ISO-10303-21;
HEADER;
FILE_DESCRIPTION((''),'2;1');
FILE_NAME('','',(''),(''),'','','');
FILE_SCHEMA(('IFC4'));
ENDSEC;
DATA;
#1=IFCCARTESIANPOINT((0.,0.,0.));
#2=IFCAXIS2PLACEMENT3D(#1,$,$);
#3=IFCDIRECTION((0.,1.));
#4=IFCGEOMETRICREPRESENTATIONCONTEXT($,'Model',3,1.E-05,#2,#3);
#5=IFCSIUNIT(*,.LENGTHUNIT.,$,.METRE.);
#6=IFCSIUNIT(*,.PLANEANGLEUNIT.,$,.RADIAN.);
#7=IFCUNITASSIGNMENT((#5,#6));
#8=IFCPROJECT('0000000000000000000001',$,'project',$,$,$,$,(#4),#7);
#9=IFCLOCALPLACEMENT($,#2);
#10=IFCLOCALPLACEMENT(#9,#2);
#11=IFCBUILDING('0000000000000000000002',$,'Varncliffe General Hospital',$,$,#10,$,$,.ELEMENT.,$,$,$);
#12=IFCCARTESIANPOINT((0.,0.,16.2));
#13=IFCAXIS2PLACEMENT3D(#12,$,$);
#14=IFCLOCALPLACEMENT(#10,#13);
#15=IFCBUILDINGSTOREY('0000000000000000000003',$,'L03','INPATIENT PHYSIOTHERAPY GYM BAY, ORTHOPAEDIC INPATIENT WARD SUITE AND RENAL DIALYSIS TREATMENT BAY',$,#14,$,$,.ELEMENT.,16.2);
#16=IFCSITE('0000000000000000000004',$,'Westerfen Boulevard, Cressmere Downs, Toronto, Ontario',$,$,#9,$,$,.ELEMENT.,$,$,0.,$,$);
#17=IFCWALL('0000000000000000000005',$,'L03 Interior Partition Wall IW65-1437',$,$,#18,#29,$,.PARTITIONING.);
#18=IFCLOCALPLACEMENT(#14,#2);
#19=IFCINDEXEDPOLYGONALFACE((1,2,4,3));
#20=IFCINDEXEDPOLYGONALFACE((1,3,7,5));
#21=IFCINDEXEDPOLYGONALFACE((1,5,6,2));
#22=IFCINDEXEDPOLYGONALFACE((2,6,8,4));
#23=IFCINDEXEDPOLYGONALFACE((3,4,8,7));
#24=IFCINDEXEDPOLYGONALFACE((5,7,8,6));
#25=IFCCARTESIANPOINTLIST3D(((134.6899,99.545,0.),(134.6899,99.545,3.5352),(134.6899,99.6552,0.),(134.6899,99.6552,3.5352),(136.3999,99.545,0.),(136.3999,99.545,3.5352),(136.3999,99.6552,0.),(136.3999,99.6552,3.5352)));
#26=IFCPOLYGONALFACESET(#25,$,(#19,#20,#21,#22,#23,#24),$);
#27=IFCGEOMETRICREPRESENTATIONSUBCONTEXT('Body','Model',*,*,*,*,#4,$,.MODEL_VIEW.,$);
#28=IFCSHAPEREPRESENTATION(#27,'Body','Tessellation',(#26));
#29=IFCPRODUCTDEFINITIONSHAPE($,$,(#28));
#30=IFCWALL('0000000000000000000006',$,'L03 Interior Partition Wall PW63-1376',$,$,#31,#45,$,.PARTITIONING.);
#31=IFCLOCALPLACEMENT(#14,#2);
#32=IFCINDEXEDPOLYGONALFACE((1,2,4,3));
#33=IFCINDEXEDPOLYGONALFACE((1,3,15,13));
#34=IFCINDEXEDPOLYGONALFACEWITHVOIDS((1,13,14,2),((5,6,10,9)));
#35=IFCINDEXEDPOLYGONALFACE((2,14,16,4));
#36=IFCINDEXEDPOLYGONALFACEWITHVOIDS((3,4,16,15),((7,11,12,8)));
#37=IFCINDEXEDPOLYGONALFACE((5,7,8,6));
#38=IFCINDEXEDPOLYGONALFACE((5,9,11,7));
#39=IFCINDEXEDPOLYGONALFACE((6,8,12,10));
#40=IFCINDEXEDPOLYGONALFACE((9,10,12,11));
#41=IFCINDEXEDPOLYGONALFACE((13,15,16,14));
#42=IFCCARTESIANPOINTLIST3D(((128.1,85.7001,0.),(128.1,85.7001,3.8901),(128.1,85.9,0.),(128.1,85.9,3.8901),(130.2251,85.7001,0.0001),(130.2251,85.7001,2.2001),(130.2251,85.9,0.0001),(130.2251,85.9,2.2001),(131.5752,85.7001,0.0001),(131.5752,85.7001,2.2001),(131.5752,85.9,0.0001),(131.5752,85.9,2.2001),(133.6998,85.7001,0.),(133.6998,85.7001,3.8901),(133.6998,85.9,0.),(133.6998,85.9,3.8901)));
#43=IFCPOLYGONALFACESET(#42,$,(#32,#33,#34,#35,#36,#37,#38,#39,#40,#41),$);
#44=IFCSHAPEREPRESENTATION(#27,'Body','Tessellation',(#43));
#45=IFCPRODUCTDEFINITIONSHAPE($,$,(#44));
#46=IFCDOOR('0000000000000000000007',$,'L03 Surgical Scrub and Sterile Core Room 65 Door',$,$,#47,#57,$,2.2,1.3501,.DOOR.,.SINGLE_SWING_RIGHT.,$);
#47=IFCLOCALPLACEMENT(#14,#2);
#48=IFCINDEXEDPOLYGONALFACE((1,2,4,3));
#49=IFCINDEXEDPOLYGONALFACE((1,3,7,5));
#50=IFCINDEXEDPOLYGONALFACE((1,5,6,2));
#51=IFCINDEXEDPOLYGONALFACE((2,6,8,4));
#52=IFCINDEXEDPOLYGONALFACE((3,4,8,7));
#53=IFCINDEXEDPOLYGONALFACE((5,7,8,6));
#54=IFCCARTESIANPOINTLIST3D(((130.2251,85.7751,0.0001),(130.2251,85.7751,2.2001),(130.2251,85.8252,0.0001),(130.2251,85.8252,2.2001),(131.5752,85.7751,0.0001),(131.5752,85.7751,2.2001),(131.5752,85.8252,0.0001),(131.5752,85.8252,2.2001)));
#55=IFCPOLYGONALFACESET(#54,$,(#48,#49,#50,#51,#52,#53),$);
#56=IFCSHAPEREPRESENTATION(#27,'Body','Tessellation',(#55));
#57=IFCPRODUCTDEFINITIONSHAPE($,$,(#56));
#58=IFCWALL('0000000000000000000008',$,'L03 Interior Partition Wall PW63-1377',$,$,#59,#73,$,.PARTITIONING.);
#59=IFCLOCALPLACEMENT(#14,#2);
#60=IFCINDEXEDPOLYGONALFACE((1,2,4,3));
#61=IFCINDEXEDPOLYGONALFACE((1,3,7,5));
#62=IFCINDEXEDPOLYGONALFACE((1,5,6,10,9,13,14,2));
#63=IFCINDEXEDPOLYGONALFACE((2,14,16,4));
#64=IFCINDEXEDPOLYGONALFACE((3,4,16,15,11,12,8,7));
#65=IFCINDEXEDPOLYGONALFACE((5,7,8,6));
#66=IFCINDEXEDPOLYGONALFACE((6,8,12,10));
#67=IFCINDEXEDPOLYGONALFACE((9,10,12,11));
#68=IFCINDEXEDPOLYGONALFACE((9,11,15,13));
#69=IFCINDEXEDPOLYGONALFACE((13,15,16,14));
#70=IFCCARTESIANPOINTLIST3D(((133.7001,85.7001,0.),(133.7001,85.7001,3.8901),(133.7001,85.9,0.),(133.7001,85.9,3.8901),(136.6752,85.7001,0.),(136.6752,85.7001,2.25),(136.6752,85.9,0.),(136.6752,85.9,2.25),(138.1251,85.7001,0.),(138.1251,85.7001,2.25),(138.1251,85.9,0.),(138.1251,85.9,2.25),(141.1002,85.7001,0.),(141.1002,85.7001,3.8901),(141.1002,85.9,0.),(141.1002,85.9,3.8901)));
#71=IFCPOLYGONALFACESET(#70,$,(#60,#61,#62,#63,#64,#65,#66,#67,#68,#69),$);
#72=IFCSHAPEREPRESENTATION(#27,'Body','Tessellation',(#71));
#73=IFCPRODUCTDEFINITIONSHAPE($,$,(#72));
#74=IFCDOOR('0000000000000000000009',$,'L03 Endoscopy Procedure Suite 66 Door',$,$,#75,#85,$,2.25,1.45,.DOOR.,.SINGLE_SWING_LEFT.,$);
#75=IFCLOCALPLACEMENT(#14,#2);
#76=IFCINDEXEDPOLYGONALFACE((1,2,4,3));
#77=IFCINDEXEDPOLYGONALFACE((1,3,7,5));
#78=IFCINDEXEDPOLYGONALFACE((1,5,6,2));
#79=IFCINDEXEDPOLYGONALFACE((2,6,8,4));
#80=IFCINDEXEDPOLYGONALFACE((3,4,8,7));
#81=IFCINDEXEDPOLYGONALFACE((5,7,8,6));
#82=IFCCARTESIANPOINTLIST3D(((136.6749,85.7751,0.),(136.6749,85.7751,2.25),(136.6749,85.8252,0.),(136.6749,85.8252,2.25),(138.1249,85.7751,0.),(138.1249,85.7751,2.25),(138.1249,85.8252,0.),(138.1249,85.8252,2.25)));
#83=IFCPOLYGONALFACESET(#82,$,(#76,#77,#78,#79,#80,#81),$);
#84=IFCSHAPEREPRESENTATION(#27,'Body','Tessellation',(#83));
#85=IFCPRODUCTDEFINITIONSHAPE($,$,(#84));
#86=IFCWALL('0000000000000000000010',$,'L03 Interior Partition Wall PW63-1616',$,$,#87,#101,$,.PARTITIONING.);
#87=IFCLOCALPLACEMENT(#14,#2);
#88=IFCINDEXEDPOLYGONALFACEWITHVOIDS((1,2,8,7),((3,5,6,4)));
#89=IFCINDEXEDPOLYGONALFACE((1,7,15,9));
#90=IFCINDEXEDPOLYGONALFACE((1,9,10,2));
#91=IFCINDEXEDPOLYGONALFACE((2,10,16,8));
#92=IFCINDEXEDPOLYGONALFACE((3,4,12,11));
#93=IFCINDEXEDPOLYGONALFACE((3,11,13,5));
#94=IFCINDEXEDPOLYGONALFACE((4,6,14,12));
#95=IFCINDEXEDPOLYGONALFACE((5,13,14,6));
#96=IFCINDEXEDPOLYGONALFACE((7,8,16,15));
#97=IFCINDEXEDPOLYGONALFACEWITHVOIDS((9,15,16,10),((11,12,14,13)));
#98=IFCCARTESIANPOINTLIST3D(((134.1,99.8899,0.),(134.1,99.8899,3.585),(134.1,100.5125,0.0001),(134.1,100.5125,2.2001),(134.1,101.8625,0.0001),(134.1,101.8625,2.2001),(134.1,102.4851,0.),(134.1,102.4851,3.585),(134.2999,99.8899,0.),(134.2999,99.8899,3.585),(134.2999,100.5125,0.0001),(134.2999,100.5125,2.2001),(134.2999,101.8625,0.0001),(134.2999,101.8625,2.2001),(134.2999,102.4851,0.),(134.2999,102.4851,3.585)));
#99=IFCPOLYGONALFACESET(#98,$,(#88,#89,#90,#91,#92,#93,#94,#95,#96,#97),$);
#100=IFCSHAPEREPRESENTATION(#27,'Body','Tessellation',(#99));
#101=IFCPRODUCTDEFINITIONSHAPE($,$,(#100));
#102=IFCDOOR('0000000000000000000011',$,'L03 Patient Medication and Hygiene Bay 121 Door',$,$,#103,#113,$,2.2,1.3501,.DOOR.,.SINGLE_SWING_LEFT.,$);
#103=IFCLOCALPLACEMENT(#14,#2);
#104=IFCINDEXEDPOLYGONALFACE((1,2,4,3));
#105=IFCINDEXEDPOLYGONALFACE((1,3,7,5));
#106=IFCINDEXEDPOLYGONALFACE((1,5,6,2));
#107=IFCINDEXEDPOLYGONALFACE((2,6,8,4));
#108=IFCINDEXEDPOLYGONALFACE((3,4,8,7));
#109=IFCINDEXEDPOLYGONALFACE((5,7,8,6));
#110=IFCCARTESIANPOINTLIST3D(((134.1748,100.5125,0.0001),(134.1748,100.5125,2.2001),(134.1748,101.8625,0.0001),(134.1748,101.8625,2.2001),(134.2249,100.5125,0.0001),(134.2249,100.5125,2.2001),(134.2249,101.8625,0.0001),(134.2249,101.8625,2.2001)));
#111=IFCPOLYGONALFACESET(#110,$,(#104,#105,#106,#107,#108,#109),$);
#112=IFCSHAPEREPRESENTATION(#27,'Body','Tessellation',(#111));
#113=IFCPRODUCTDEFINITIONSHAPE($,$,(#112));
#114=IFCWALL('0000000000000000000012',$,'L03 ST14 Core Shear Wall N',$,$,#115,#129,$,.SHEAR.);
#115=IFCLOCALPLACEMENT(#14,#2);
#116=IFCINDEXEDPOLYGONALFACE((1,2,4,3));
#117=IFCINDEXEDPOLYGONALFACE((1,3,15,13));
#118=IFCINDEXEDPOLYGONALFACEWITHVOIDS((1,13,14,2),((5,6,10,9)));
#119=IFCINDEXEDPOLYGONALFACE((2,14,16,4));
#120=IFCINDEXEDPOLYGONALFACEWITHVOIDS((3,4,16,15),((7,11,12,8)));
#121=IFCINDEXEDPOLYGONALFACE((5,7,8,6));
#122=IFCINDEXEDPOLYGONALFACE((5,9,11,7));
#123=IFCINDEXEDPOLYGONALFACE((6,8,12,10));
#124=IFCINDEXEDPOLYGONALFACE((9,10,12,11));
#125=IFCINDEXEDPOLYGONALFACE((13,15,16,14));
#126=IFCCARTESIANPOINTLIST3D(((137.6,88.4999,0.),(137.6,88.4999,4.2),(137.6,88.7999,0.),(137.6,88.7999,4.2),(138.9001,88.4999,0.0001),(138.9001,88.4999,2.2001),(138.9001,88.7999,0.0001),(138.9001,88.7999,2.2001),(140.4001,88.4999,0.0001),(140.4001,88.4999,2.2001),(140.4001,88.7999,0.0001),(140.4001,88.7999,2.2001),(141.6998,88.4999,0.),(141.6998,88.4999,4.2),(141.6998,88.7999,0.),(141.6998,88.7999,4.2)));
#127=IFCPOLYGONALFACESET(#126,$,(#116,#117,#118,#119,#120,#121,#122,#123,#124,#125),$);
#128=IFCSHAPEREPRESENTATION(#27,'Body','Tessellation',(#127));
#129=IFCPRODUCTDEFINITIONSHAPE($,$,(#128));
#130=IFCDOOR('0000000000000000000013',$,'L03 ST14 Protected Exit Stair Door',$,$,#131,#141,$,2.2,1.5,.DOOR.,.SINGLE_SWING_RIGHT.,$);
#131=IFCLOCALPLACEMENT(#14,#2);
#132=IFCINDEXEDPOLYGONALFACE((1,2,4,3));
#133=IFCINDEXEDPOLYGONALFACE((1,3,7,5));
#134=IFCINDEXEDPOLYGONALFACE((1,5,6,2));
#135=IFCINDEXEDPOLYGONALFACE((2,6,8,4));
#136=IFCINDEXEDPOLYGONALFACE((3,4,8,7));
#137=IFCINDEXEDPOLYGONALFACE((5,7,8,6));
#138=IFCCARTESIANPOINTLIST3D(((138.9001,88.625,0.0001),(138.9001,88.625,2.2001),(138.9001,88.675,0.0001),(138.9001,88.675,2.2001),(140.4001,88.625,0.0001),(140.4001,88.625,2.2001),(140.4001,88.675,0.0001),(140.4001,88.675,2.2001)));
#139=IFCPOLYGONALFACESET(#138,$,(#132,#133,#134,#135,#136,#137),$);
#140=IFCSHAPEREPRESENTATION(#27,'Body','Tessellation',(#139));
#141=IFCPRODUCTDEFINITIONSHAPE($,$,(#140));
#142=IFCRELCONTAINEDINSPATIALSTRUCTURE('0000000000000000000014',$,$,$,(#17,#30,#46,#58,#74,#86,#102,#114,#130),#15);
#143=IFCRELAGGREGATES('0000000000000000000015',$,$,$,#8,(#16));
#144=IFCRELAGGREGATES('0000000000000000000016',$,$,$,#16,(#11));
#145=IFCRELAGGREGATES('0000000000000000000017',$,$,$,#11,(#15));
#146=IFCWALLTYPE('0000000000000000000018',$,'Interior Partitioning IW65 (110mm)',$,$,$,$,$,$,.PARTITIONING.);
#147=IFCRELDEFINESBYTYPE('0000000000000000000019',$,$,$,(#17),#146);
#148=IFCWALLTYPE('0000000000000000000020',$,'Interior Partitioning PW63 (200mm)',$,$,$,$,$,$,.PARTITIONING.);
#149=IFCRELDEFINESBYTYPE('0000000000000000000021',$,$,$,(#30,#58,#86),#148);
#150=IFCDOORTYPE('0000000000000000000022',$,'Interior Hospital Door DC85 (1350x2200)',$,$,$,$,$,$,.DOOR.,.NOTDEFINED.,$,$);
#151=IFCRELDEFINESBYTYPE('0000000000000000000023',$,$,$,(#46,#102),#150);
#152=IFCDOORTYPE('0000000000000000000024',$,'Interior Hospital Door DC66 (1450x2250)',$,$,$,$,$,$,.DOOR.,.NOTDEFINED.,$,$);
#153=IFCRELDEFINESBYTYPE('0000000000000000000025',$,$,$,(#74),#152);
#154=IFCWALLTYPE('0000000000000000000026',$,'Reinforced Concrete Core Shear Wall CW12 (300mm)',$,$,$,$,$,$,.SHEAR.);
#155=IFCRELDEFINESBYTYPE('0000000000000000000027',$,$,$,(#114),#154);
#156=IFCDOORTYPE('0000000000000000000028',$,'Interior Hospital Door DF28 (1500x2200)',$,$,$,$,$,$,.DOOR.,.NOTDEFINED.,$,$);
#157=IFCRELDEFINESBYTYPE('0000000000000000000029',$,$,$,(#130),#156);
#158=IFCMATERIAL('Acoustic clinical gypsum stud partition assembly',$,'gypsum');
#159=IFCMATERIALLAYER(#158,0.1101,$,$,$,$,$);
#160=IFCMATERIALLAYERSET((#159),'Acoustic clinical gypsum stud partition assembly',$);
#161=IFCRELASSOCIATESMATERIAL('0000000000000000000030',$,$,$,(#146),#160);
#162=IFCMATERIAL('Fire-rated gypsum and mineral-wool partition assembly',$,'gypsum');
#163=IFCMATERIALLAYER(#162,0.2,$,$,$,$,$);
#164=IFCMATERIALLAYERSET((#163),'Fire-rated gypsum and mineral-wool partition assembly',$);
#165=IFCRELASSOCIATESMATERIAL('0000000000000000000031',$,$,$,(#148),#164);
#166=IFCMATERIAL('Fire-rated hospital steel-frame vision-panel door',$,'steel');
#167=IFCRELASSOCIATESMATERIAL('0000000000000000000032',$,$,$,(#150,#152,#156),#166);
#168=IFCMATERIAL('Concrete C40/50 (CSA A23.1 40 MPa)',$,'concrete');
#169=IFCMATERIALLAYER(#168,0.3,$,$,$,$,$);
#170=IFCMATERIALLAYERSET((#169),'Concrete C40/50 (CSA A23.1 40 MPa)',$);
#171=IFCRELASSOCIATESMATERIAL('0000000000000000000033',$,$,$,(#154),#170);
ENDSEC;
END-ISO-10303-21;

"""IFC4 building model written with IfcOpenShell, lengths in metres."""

from ifc_helpers import new_model, si_unit, direction, frame, frame_2d, origin, place, context, subcontext, project, spatial, rectangle, extrude, material, layer, layer_set, type_object, element, fill, save


model = new_model("IFC4")

# Units and contexts
model_context = context("Model", 3, precision=1e-05, world=origin(), true_north=direction((0.0, 1.0)))
body_context = subcontext(model_context, "Body", "Model", "MODEL_VIEW")
ifc_project = project(units=[si_unit("LENGTHUNIT", "METRE"), si_unit("PLANEANGLEUNIT", "RADIAN")], contexts=[model_context])

# Site, building, storey
site_placement = place(None, origin())
site = spatial("IfcSite", under=ifc_project, at=site_placement, Name="Westerfen Boulevard, Cressmere Downs, Toronto, Ontario", CompositionType="ELEMENT", RefElevation=0.0)
building_placement = place(site_placement, origin())
building = spatial("IfcBuilding", under=site, at=building_placement, Name="Varncliffe General Hospital", CompositionType="ELEMENT")
storey_placement = place(building_placement, frame((0.0, 0.0, 16.2)))
storey = spatial("IfcBuildingStorey", under=building, at=storey_placement, Name="L03", Description="INPATIENT PHYSIOTHERAPY GYM BAY, ORTHOPAEDIC INPATIENT WARD SUITE AND RENAL DIALYSIS TREATMENT BAY", CompositionType="ELEMENT", Elevation=16.2)

# Shared definitions
ifc_material_1 = material(Name="Concrete C40/50 (CSA A23.1 40 MPa)", Category="concrete")

# Wall
ifc_material_2 = material(Name="Acoustic clinical gypsum stud partition assembly", Category="gypsum")
ifc_layer_1 = layer(ifc_material_2, 0.1101)
ifc_layer_set_1 = layer_set([ifc_layer_1], Name="Acoustic clinical gypsum stud partition assembly")
wall_type_1 = type_object("IfcWallType", Name="Interior Partitioning IW65 (110mm)", PredefinedType="PARTITIONING", material=ifc_layer_set_1)
wall_1_placement = place(storey_placement, frame((134.6899, 99.6001, 0.0), z_axis=(0.0, 0.0, 1.0), x_axis=(1.0, 0.0, 0.0)))
element("IfcWall", 1, at=wall_1_placement, inside=storey, type_object=wall_type_1, Name="L03 Interior Partition Wall IW65-1437", PredefinedType="PARTITIONING", context=body_context, shape_type="SweptSolid", body=[
    extrude(rectangle(XDim=1.71, YDim=0.1101, at=frame_2d((0.855, 0.0))), origin(), (0.0, 0.0, 1.0), 3.5352),
])

# Walls, openings, doors
ifc_material_3 = material(Name="Fire-rated gypsum and mineral-wool partition assembly", Category="gypsum")
ifc_layer_2 = layer(ifc_material_3, 0.2)
ifc_layer_set_2 = layer_set([ifc_layer_2], Name="Fire-rated gypsum and mineral-wool partition assembly")
wall_type_2 = type_object("IfcWallType", Name="Interior Partitioning PW63 (200mm)", PredefinedType="PARTITIONING", material=ifc_layer_set_2)
wall_2_placement = place(storey_placement, frame((128.1001, 85.8, 0.0), z_axis=(0.0, 0.0, 1.0), x_axis=(1.0, 0.0, 0.0)))
wall_2 = element("IfcWall", 2, at=wall_2_placement, inside=storey, type_object=wall_type_2, Name="L03 Interior Partition Wall PW63-1376", PredefinedType="PARTITIONING", context=body_context, shape_type="SweptSolid", body=[
    extrude(rectangle(XDim=5.5999, YDim=0.2, at=frame_2d((2.7998, 0.0))), origin(), (0.0, 0.0, 1.0), 3.8901),
])
opening_1_placement = place(wall_2_placement, frame((2.125, 0.0, 0.0)))
opening_1 = element("IfcOpeningElement", 3, at=opening_1_placement, cuts=wall_2, PredefinedType="OPENING", context=body_context, shape_type="SweptSolid", body=[
    extrude(rectangle(XDim=1.3501, YDim=2.2, at=frame_2d((0.675, 1.1001))), frame((0.0, 0.1099, 0.0), z_axis=(0.0, -1.0, 0.0), x_axis=(1.0, 0.0, 0.0)), (0.0, 0.0, 1.0), 0.22),
])
ifc_material_4 = material(Name="Fire-rated hospital steel-frame vision-panel door", Category="steel")
door_type_1 = type_object("IfcDoorType", Name="Interior Hospital Door DC85 (1350x2200)", OperationType="NOTDEFINED", PredefinedType="DOOR", material=ifc_material_4)
door_1_placement = place(opening_1_placement, frame((1.3501, 0.0, 0.0), z_axis=(0.0, 0.0, 1.0), x_axis=(-1.0, 0.0, 0.0)))
door_1 = element("IfcDoor", 4, at=door_1_placement, inside=storey, type_object=door_type_1, Name="L03 Surgical Scrub and Sterile Core Room 65 Door", OperationType="SINGLE_SWING_RIGHT", OverallHeight=2.2, OverallWidth=1.3501, PredefinedType="DOOR", context=body_context, shape_type="SweptSolid", body=[
    extrude(rectangle(XDim=1.3501, YDim=2.2, at=frame_2d((0.675, 1.1001))), frame((0.0, 0.0249, 0.0), z_axis=(0.0, -1.0, 0.0), x_axis=(1.0, 0.0, 0.0)), (0.0, 0.0, 1.0), 0.05),
])
fill(opening_1, door_1)
wall_3_placement = place(storey_placement, frame((133.7, 85.8, 0.0), z_axis=(0.0, 0.0, 1.0), x_axis=(1.0, 0.0, 0.0)))
wall_3 = element("IfcWall", 5, at=wall_3_placement, inside=storey, type_object=wall_type_2, Name="L03 Interior Partition Wall PW63-1377", PredefinedType="PARTITIONING", context=body_context, shape_type="SweptSolid", body=[
    extrude(rectangle(XDim=7.4001, YDim=0.2, at=frame_2d((3.7002, 0.0))), origin(), (0.0, 0.0, 1.0), 3.8901),
])
opening_2_placement = place(wall_3_placement, frame((2.9751, 0.0, 0.0)))
opening_2 = element("IfcOpeningElement", 6, at=opening_2_placement, cuts=wall_3, PredefinedType="OPENING", context=body_context, shape_type="SweptSolid", body=[
    extrude(rectangle(XDim=1.45, YDim=2.25, at=frame_2d((0.7251, 1.125))), frame((0.0, 0.1099, 0.0), z_axis=(0.0, -1.0, 0.0), x_axis=(1.0, 0.0, 0.0)), (0.0, 0.0, 1.0), 0.22),
])
door_type_2 = type_object("IfcDoorType", Name="Interior Hospital Door DC66 (1450x2250)", OperationType="NOTDEFINED", PredefinedType="DOOR", material=ifc_material_4)
door_2_placement = place(opening_2_placement, frame((1.45, 0.0, 0.0), z_axis=(0.0, 0.0, 1.0), x_axis=(-1.0, 0.0, 0.0)))
door_2 = element("IfcDoor", 7, at=door_2_placement, inside=storey, type_object=door_type_2, Name="L03 Endoscopy Procedure Suite 66 Door", OperationType="SINGLE_SWING_LEFT", OverallHeight=2.25, OverallWidth=1.45, PredefinedType="DOOR", context=body_context, shape_type="SweptSolid", body=[
    extrude(rectangle(XDim=1.45, YDim=2.25, at=frame_2d((0.7251, 1.125))), frame((0.0, 0.0249, 0.0), z_axis=(0.0, -1.0, 0.0), x_axis=(1.0, 0.0, 0.0)), (0.0, 0.0, 1.0), 0.05),
])
fill(opening_2, door_2)
wall_4_placement = place(storey_placement, frame((134.2, 99.8899, 0.0), z_axis=(0.0, 0.0, 1.0), x_axis=(0.0, 1.0, 0.0)))
wall_4 = element("IfcWall", 8, at=wall_4_placement, inside=storey, type_object=wall_type_2, Name="L03 Interior Partition Wall PW63-1616", PredefinedType="PARTITIONING", context=body_context, shape_type="SweptSolid", body=[
    extrude(rectangle(XDim=2.5952, YDim=0.2, at=frame_2d((1.2976, 0.0))), origin(), (0.0, 0.0, 1.0), 3.585),
])
opening_3_placement = place(wall_4_placement, frame((0.6226, 0.0, 0.0)))
opening_3 = element("IfcOpeningElement", 9, at=opening_3_placement, cuts=wall_4, PredefinedType="OPENING", context=body_context, shape_type="SweptSolid", body=[
    extrude(rectangle(XDim=1.3501, YDim=2.2, at=frame_2d((0.675, 1.1001))), frame((0.0, 0.1099, 0.0), z_axis=(0.0, -1.0, 0.0), x_axis=(1.0, 0.0, 0.0)), (0.0, 0.0, 1.0), 0.22),
])
door_3_placement = place(opening_3_placement, frame((1.3501, 0.0, 0.0), z_axis=(0.0, 0.0, 1.0), x_axis=(-1.0, 0.0, 0.0)))
door_3 = element("IfcDoor", 10, at=door_3_placement, inside=storey, type_object=door_type_1, Name="L03 Patient Medication and Hygiene Bay 121 Door", OperationType="SINGLE_SWING_LEFT", OverallHeight=2.2, OverallWidth=1.3501, PredefinedType="DOOR", context=body_context, shape_type="SweptSolid", body=[
    extrude(rectangle(XDim=1.3501, YDim=2.2, at=frame_2d((0.675, 1.1001))), frame((0.0, 0.0249, 0.0), z_axis=(0.0, -1.0, 0.0), x_axis=(1.0, 0.0, 0.0)), (0.0, 0.0, 1.0), 0.05),
])
fill(opening_3, door_3)
ifc_layer_3 = layer(ifc_material_1, 0.3)
ifc_layer_set_3 = layer_set([ifc_layer_3], Name="Concrete C40/50 (CSA A23.1 40 MPa)")
wall_type_3 = type_object("IfcWallType", Name="Reinforced Concrete Core Shear Wall CW12 (300mm)", PredefinedType="SHEAR", material=ifc_layer_set_3)
wall_5_placement = place(storey_placement, frame((137.6001, 88.6499, 0.0), z_axis=(0.0, 0.0, 1.0), x_axis=(1.0, 0.0, 0.0)))
wall_5 = element("IfcWall", 11, at=wall_5_placement, inside=storey, type_object=wall_type_3, Name="L03 ST14 Core Shear Wall N", PredefinedType="SHEAR", context=body_context, shape_type="SweptSolid", body=[
    extrude(rectangle(XDim=4.0999, YDim=0.3, at=frame_2d((2.0498, 0.0))), origin(), (0.0, 0.0, 1.0), 4.2),
])
opening_4_placement = place(wall_5_placement, frame((1.3, 0.0, 0.0)))
opening_4 = element("IfcOpeningElement", 12, at=opening_4_placement, cuts=wall_5, PredefinedType="OPENING", context=body_context, shape_type="SweptSolid", body=[
    extrude(rectangle(XDim=1.5, YDim=2.2, at=frame_2d((0.75, 1.1001))), frame((0.0, 0.1602, 0.0), z_axis=(0.0, -1.0, 0.0), x_axis=(1.0, 0.0, 0.0)), (0.0, 0.0, 1.0), 0.3201),
])
door_type_3 = type_object("IfcDoorType", Name="Interior Hospital Door DF28 (1500x2200)", OperationType="NOTDEFINED", PredefinedType="DOOR", material=ifc_material_4)
door_4_placement = place(opening_4_placement, frame((1.5, 0.0, 0.0), z_axis=(0.0, 0.0, 1.0), x_axis=(-1.0, 0.0, 0.0)))
door_4 = element("IfcDoor", 13, at=door_4_placement, inside=storey, type_object=door_type_3, Name="L03 ST14 Protected Exit Stair Door", OperationType="SINGLE_SWING_RIGHT", OverallHeight=2.2, OverallWidth=1.5, PredefinedType="DOOR", context=body_context, shape_type="SweptSolid", body=[
    extrude(rectangle(XDim=1.5, YDim=2.2, at=frame_2d((0.75, 1.1001))), frame((0.0, 0.0249, 0.0), z_axis=(0.0, -1.0, 0.0), x_axis=(1.0, 0.0, 0.0)), (0.0, 0.0, 1.0), 0.05),
])
fill(opening_4, door_4)

save(model, "model.ifc")
